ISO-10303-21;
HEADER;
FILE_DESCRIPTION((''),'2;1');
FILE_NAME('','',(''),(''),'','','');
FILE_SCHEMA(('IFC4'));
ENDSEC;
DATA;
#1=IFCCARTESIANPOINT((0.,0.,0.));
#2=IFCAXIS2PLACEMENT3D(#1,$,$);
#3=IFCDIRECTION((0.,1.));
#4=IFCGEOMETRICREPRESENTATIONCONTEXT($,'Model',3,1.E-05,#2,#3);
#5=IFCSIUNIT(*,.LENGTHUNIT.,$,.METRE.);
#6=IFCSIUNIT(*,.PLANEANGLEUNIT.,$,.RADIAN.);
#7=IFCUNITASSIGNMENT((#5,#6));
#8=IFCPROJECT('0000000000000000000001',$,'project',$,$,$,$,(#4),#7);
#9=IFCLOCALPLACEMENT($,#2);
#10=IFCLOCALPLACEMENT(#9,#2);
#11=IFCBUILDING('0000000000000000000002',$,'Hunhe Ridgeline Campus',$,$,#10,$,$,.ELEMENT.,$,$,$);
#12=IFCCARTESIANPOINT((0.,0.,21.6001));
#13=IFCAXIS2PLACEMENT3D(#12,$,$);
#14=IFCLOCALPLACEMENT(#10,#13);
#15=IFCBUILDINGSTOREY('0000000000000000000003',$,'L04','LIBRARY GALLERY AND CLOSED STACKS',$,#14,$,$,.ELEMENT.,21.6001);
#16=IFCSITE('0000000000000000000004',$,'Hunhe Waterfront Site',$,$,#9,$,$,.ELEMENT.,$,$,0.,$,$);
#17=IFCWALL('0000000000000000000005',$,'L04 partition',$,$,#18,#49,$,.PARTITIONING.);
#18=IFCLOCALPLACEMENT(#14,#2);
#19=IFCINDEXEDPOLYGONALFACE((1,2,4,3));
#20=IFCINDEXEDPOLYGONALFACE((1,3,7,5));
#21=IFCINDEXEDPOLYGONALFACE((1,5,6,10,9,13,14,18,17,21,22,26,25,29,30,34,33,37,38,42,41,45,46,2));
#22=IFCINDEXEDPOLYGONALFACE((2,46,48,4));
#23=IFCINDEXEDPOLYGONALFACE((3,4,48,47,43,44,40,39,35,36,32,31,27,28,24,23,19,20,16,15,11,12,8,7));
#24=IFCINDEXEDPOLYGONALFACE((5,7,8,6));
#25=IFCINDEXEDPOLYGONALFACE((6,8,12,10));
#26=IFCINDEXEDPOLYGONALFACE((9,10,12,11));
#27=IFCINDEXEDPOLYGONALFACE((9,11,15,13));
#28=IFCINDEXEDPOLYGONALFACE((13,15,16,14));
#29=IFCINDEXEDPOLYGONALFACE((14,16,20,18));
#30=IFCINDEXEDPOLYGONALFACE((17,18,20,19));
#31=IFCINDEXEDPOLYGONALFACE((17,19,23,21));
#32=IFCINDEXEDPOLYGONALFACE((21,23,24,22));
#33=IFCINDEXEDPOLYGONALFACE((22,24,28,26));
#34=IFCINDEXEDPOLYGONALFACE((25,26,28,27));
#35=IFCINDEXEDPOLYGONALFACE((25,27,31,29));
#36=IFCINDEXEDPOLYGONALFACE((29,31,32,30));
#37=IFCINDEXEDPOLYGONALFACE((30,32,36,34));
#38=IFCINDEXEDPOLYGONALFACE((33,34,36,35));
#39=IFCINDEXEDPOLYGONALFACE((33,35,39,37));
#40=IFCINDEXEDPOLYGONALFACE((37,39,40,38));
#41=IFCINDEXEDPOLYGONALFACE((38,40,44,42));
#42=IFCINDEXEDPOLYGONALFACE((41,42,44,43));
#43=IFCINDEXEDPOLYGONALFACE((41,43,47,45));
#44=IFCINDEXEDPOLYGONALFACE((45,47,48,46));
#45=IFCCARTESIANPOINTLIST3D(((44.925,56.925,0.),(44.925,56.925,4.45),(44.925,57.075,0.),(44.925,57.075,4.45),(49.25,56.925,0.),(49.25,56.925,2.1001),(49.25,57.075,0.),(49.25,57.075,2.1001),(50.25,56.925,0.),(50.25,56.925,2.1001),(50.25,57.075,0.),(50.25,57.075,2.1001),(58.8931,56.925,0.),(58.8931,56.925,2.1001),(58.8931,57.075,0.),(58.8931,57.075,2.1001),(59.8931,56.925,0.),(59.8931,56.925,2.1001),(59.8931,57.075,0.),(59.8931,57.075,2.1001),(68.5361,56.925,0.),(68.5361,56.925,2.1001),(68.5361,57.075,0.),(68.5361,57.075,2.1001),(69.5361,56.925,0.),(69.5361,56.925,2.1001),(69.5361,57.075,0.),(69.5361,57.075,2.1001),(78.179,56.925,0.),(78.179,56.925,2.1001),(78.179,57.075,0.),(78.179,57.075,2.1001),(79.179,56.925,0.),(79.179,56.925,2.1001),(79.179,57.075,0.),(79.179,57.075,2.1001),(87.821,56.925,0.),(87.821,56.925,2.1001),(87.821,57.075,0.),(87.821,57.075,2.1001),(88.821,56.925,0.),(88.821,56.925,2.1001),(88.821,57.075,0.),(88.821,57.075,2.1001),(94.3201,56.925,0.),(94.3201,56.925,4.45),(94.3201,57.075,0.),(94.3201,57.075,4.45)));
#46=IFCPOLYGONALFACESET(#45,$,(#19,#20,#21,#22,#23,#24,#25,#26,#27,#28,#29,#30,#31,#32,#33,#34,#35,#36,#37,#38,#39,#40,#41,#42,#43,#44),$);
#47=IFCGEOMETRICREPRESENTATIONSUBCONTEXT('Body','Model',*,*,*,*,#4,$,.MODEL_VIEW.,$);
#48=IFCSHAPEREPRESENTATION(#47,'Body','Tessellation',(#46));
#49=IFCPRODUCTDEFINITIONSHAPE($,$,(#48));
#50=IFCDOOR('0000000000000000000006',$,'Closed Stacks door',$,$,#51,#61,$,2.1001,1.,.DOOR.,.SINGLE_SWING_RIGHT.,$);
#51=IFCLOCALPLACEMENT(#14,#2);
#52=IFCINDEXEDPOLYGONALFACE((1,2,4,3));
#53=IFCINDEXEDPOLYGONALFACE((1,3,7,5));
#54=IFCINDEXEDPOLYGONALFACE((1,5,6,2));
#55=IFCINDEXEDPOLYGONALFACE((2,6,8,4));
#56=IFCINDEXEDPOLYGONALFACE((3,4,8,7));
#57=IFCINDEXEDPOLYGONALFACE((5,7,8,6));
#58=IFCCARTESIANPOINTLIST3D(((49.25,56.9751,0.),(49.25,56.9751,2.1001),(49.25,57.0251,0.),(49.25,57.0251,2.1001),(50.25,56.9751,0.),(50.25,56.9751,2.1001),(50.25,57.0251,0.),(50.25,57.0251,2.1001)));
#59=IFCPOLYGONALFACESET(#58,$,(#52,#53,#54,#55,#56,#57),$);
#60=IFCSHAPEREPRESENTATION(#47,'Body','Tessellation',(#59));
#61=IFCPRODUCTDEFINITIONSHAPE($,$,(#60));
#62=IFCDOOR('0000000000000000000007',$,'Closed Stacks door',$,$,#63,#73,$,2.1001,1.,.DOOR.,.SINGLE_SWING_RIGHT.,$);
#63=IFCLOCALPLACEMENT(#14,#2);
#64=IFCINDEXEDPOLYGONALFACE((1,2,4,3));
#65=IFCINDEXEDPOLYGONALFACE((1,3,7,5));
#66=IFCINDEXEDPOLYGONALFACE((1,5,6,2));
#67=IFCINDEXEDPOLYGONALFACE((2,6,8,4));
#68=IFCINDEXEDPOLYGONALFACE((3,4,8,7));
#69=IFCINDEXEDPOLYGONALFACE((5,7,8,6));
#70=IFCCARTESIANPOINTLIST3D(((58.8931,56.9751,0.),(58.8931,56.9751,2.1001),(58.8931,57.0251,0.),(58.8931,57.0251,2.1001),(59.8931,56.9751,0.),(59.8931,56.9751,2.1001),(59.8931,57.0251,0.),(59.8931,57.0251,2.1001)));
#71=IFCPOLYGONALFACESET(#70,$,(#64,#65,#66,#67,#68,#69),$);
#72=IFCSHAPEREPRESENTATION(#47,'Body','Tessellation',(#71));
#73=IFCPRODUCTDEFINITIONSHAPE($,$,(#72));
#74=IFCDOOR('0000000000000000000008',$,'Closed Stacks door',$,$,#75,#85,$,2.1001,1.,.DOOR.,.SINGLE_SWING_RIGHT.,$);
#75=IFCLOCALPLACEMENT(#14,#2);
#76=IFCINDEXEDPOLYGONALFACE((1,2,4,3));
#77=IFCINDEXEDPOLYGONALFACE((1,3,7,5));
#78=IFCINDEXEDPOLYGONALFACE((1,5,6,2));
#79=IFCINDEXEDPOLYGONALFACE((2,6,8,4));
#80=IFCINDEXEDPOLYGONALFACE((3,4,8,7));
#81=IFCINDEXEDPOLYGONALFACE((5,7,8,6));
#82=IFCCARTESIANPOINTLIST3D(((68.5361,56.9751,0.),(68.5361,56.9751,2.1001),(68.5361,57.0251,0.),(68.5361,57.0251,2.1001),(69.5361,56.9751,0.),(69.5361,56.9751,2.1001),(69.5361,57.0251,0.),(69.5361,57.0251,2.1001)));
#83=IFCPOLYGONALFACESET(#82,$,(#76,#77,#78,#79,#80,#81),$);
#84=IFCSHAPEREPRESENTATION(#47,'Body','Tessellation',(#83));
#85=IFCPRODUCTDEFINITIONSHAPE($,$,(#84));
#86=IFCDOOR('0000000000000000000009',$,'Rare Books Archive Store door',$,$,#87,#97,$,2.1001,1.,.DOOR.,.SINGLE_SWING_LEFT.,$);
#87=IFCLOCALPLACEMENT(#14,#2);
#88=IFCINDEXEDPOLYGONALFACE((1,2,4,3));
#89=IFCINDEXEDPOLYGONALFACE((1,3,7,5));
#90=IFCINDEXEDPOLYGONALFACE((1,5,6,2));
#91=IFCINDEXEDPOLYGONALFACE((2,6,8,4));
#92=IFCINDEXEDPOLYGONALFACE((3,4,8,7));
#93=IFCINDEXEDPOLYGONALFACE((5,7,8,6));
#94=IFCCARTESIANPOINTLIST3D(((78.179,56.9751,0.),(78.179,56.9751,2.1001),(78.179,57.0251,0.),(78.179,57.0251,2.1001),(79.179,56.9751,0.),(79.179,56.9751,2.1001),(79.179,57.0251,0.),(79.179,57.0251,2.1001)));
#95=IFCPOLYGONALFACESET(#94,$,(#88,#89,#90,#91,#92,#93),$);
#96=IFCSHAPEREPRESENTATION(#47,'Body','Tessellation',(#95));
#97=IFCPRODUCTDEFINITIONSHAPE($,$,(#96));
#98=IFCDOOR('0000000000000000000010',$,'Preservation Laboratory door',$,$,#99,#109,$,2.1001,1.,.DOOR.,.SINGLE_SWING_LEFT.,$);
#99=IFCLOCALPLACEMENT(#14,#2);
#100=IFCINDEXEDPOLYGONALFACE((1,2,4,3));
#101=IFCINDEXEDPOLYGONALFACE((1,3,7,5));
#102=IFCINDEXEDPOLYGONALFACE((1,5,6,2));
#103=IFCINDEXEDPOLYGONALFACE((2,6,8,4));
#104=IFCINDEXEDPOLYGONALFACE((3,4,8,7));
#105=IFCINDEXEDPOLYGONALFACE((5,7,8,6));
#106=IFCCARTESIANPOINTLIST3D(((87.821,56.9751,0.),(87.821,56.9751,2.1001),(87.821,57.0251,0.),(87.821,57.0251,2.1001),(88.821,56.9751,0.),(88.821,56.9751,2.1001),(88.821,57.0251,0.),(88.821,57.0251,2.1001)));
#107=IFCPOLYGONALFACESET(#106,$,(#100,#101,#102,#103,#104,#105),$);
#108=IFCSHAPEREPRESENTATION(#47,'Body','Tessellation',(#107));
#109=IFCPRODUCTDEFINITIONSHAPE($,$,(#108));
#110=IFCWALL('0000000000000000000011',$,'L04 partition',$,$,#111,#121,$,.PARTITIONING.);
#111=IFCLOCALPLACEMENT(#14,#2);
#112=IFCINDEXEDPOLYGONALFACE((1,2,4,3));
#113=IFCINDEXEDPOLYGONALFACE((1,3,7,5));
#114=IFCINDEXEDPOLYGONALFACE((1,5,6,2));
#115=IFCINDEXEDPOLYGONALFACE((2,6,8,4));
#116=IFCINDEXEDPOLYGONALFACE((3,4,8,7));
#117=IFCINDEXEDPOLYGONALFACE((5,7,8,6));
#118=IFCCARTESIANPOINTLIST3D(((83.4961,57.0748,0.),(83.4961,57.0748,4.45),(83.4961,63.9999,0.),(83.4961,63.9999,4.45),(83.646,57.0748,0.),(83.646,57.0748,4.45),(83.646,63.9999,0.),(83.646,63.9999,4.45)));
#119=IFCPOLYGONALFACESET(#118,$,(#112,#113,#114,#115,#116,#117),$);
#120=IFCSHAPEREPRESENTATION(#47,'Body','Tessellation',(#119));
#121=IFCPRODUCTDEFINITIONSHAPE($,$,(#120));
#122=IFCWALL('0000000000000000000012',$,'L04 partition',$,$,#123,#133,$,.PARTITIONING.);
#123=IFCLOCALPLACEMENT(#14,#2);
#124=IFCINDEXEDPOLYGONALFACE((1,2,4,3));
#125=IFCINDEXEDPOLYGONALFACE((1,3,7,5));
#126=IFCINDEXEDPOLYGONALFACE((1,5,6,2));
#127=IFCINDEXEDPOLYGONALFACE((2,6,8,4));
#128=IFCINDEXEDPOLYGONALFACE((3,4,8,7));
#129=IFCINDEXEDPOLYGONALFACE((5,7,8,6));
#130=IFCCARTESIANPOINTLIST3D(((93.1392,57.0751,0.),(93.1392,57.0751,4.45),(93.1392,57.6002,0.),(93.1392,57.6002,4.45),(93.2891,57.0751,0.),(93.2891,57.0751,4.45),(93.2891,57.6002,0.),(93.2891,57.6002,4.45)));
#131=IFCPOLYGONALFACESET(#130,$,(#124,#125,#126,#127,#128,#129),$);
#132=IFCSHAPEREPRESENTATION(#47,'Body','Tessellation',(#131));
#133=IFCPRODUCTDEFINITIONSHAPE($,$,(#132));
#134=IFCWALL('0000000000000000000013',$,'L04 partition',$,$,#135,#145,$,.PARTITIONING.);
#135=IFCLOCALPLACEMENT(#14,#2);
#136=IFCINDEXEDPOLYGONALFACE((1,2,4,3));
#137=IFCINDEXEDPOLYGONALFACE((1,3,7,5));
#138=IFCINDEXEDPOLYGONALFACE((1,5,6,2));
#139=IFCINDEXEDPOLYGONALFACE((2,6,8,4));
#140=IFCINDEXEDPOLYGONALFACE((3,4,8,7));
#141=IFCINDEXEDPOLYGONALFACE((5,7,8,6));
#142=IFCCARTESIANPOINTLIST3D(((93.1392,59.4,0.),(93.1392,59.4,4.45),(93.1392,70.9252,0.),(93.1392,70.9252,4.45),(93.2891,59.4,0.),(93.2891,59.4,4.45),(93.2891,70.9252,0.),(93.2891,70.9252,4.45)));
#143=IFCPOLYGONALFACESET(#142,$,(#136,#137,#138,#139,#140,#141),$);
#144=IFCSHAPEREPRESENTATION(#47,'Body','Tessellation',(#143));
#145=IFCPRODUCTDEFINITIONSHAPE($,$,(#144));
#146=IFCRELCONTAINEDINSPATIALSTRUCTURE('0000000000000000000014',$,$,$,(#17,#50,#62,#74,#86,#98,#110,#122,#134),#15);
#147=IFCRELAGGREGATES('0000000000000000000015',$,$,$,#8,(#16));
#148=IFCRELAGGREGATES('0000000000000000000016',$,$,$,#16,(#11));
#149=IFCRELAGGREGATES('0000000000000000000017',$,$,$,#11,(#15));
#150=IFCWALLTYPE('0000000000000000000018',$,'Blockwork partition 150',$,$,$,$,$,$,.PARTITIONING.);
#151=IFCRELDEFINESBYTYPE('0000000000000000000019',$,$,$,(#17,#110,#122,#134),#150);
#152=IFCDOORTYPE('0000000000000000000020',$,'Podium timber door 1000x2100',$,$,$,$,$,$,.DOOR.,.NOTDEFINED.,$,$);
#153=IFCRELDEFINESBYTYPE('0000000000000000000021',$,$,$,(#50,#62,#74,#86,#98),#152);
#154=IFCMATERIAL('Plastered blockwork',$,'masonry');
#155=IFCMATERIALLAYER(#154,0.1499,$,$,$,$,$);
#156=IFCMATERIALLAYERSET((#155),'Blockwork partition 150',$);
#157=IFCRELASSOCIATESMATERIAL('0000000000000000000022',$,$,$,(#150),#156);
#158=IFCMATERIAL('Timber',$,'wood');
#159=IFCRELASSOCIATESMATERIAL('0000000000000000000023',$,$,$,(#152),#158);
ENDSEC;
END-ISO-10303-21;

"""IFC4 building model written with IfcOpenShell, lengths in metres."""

from ifc_helpers import new_model, si_unit, direction, frame, frame_2d, origin, place, context, subcontext, project, spatial, rectangle, extrude, material, layer, layer_set, type_object, element, fill, save


model = new_model("IFC4")

# Units and contexts
model_context = context("Model", 3, precision=1e-05, world=origin(), true_north=direction((0.0, 1.0)))
body_context = subcontext(model_context, "Body", "Model", "MODEL_VIEW")
ifc_project = project(units=[si_unit("LENGTHUNIT", "METRE"), si_unit("PLANEANGLEUNIT", "RADIAN")], contexts=[model_context])

# Site, building, storey
site_placement = place(None, origin())
site = spatial("IfcSite", under=ifc_project, at=site_placement, Name="Hunhe Waterfront Site", CompositionType="ELEMENT", RefElevation=0.0)
building_placement = place(site_placement, origin())
building = spatial("IfcBuilding", under=site, at=building_placement, Name="Hunhe Ridgeline Campus", CompositionType="ELEMENT")
storey_placement = place(building_placement, frame((0.0, 0.0, 21.6001)))
storey = spatial("IfcBuildingStorey", under=building, at=storey_placement, Name="L04", Description="LIBRARY GALLERY AND CLOSED STACKS", CompositionType="ELEMENT", Elevation=21.6001)

# Wall, openings, doors
ifc_material_1 = material(Name="Plastered blockwork", Category="masonry")
ifc_layer_1 = layer(ifc_material_1, 0.1499)
ifc_layer_set_1 = layer_set([ifc_layer_1], Name="Blockwork partition 150")
wall_type = type_object("IfcWallType", Name="Blockwork partition 150", PredefinedType="PARTITIONING", material=ifc_layer_set_1)
wall_1_placement = place(storey_placement, frame((94.3201, 57.0, 0.0), z_axis=(0.0, 0.0, 1.0), x_axis=(-1.0, 0.0, 0.0)))
wall_1 = element("IfcWall", 1, at=wall_1_placement, inside=storey, type_object=wall_type, Name="L04 partition", PredefinedType="PARTITIONING", context=body_context, shape_type="SweptSolid", body=[
    extrude(rectangle(XDim=49.395, YDim=0.1499, at=frame_2d((24.6975, 0.0))), origin(), (0.0, 0.0, 1.0), 4.45),
])
opening_1_placement = place(wall_1_placement, frame((44.0701, 0.0, 0.0)))
opening_1 = element("IfcOpeningElement", 2, at=opening_1_placement, cuts=wall_1, PredefinedType="OPENING", context=body_context, shape_type="SweptSolid", body=[
    extrude(rectangle(XDim=1.0, YDim=2.1001, at=frame_2d((0.5, 1.05))), frame((0.0, 0.075, 0.0), z_axis=(0.0, -1.0, 0.0), x_axis=(1.0, 0.0, 0.0)), (0.0, 0.0, 1.0), 0.1499),
])
opening_2_placement = place(wall_1_placement, frame((34.427, 0.0, 0.0)))
opening_2 = element("IfcOpeningElement", 3, at=opening_2_placement, cuts=wall_1, PredefinedType="OPENING", context=body_context, shape_type="SweptSolid", body=[
    extrude(rectangle(XDim=1.0, YDim=2.1001, at=frame_2d((0.5, 1.05))), frame((0.0, 0.075, 0.0), z_axis=(0.0, -1.0, 0.0), x_axis=(1.0, 0.0, 0.0)), (0.0, 0.0, 1.0), 0.1499),
])
opening_3_placement = place(wall_1_placement, frame((24.7839, 0.0, 0.0)))
opening_3 = element("IfcOpeningElement", 4, at=opening_3_placement, cuts=wall_1, PredefinedType="OPENING", context=body_context, shape_type="SweptSolid", body=[
    extrude(rectangle(XDim=1.0, YDim=2.1001, at=frame_2d((0.5, 1.05))), frame((0.0, 0.075, 0.0), z_axis=(0.0, -1.0, 0.0), x_axis=(1.0, 0.0, 0.0)), (0.0, 0.0, 1.0), 0.1499),
])
opening_4_placement = place(wall_1_placement, frame((15.1411, 0.0, 0.0)))
opening_4 = element("IfcOpeningElement", 5, at=opening_4_placement, cuts=wall_1, PredefinedType="OPENING", context=body_context, shape_type="SweptSolid", body=[
    extrude(rectangle(XDim=1.0, YDim=2.1001, at=frame_2d((0.5, 1.05))), frame((0.0, 0.075, 0.0), z_axis=(0.0, -1.0, 0.0), x_axis=(1.0, 0.0, 0.0)), (0.0, 0.0, 1.0), 0.1499),
])
opening_5_placement = place(wall_1_placement, frame((5.499, 0.0, 0.0)))
opening_5 = element("IfcOpeningElement", 6, at=opening_5_placement, cuts=wall_1, PredefinedType="OPENING", context=body_context, shape_type="SweptSolid", body=[
    extrude(rectangle(XDim=1.0, YDim=2.1001, at=frame_2d((0.5, 1.05))), frame((0.0, 0.075, 0.0), z_axis=(0.0, -1.0, 0.0), x_axis=(1.0, 0.0, 0.0)), (0.0, 0.0, 1.0), 0.1499),
])
ifc_material_2 = material(Name="Timber", Category="wood")
door_type = type_object("IfcDoorType", Name="Podium timber door 1000x2100", OperationType="NOTDEFINED", PredefinedType="DOOR", material=ifc_material_2)
door_1_placement = place(opening_1_placement, origin())
door_1 = element("IfcDoor", 7, at=door_1_placement, inside=storey, type_object=door_type, Name="Closed Stacks door", OperationType="SINGLE_SWING_RIGHT", OverallHeight=2.1001, OverallWidth=1.0, PredefinedType="DOOR", context=body_context, shape_type="SweptSolid", body=[
    extrude(rectangle(XDim=1.0, YDim=2.1001, at=frame_2d((0.5, 1.05))), frame((0.0, 0.0249, 0.0), z_axis=(0.0, -1.0, 0.0), x_axis=(1.0, 0.0, 0.0)), (0.0, 0.0, 1.0), 0.05),
])
fill(opening_1, door_1)
door_2_placement = place(opening_2_placement, origin())
door_2 = element("IfcDoor", 8, at=door_2_placement, inside=storey, type_object=door_type, Name="Closed Stacks door", OperationType="SINGLE_SWING_RIGHT", OverallHeight=2.1001, OverallWidth=1.0, PredefinedType="DOOR", context=body_context, shape_type="SweptSolid", body=[
    extrude(rectangle(XDim=1.0, YDim=2.1001, at=frame_2d((0.5, 1.05))), frame((0.0, 0.0249, 0.0), z_axis=(0.0, -1.0, 0.0), x_axis=(1.0, 0.0, 0.0)), (0.0, 0.0, 1.0), 0.05),
])
fill(opening_2, door_2)
door_3_placement = place(opening_3_placement, origin())
door_3 = element("IfcDoor", 9, at=door_3_placement, inside=storey, type_object=door_type, Name="Closed Stacks door", OperationType="SINGLE_SWING_RIGHT", OverallHeight=2.1001, OverallWidth=1.0, PredefinedType="DOOR", context=body_context, shape_type="SweptSolid", body=[
    extrude(rectangle(XDim=1.0, YDim=2.1001, at=frame_2d((0.5, 1.05))), frame((0.0, 0.0249, 0.0), z_axis=(0.0, -1.0, 0.0), x_axis=(1.0, 0.0, 0.0)), (0.0, 0.0, 1.0), 0.05),
])
fill(opening_3, door_3)
door_4_placement = place(opening_4_placement, origin())
door_4 = element("IfcDoor", 10, at=door_4_placement, inside=storey, type_object=door_type, Name="Rare Books Archive Store door", OperationType="SINGLE_SWING_LEFT", OverallHeight=2.1001, OverallWidth=1.0, PredefinedType="DOOR", context=body_context, shape_type="SweptSolid", body=[
    extrude(rectangle(XDim=1.0, YDim=2.1001, at=frame_2d((0.5, 1.05))), frame((0.0, 0.0249, 0.0), z_axis=(0.0, -1.0, 0.0), x_axis=(1.0, 0.0, 0.0)), (0.0, 0.0, 1.0), 0.05),
])
fill(opening_4, door_4)
door_5_placement = place(opening_5_placement, origin())
door_5 = element("IfcDoor", 11, at=door_5_placement, inside=storey, type_object=door_type, Name="Preservation Laboratory door", OperationType="SINGLE_SWING_LEFT", OverallHeight=2.1001, OverallWidth=1.0, PredefinedType="DOOR", context=body_context, shape_type="SweptSolid", body=[
    extrude(rectangle(XDim=1.0, YDim=2.1001, at=frame_2d((0.5, 1.05))), frame((0.0, 0.0249, 0.0), z_axis=(0.0, -1.0, 0.0), x_axis=(1.0, 0.0, 0.0)), (0.0, 0.0, 1.0), 0.05),
])
fill(opening_5, door_5)

# Walls
wall_2_placement = place(storey_placement, frame((83.571, 57.075, 0.0), z_axis=(0.0, 0.0, 1.0), x_axis=(0.0, 1.0, 0.0)))
element("IfcWall", 12, at=wall_2_placement, inside=storey, type_object=wall_type, Name="L04 partition", PredefinedType="PARTITIONING", context=body_context, shape_type="SweptSolid", body=[
    extrude(rectangle(XDim=6.925, YDim=0.1499, at=frame_2d((3.4624, 0.0))), origin(), (0.0, 0.0, 1.0), 4.45),
])
wall_3_placement = place(storey_placement, frame((93.2141, 57.075, 0.0), z_axis=(0.0, 0.0, 1.0), x_axis=(0.0, 1.0, 0.0)))
element("IfcWall", 13, at=wall_3_placement, inside=storey, type_object=wall_type, Name="L04 partition", PredefinedType="PARTITIONING", context=body_context, shape_type="SweptSolid", body=[
    extrude(rectangle(XDim=0.5251, YDim=0.1499, at=frame_2d((0.2627, 0.0))), origin(), (0.0, 0.0, 1.0), 4.45),
])
wall_4_placement = place(storey_placement, frame((93.2141, 59.3999, 0.0), z_axis=(0.0, 0.0, 1.0), x_axis=(0.0, 1.0, 0.0)))
element("IfcWall", 14, at=wall_4_placement, inside=storey, type_object=wall_type, Name="L04 partition", PredefinedType="PARTITIONING", context=body_context, shape_type="SweptSolid", body=[
    extrude(rectangle(XDim=11.5251, YDim=0.1499, at=frame_2d((5.7627, 0.0))), origin(), (0.0, 0.0, 1.0), 4.45),
])

save(model, "model.ifc")
